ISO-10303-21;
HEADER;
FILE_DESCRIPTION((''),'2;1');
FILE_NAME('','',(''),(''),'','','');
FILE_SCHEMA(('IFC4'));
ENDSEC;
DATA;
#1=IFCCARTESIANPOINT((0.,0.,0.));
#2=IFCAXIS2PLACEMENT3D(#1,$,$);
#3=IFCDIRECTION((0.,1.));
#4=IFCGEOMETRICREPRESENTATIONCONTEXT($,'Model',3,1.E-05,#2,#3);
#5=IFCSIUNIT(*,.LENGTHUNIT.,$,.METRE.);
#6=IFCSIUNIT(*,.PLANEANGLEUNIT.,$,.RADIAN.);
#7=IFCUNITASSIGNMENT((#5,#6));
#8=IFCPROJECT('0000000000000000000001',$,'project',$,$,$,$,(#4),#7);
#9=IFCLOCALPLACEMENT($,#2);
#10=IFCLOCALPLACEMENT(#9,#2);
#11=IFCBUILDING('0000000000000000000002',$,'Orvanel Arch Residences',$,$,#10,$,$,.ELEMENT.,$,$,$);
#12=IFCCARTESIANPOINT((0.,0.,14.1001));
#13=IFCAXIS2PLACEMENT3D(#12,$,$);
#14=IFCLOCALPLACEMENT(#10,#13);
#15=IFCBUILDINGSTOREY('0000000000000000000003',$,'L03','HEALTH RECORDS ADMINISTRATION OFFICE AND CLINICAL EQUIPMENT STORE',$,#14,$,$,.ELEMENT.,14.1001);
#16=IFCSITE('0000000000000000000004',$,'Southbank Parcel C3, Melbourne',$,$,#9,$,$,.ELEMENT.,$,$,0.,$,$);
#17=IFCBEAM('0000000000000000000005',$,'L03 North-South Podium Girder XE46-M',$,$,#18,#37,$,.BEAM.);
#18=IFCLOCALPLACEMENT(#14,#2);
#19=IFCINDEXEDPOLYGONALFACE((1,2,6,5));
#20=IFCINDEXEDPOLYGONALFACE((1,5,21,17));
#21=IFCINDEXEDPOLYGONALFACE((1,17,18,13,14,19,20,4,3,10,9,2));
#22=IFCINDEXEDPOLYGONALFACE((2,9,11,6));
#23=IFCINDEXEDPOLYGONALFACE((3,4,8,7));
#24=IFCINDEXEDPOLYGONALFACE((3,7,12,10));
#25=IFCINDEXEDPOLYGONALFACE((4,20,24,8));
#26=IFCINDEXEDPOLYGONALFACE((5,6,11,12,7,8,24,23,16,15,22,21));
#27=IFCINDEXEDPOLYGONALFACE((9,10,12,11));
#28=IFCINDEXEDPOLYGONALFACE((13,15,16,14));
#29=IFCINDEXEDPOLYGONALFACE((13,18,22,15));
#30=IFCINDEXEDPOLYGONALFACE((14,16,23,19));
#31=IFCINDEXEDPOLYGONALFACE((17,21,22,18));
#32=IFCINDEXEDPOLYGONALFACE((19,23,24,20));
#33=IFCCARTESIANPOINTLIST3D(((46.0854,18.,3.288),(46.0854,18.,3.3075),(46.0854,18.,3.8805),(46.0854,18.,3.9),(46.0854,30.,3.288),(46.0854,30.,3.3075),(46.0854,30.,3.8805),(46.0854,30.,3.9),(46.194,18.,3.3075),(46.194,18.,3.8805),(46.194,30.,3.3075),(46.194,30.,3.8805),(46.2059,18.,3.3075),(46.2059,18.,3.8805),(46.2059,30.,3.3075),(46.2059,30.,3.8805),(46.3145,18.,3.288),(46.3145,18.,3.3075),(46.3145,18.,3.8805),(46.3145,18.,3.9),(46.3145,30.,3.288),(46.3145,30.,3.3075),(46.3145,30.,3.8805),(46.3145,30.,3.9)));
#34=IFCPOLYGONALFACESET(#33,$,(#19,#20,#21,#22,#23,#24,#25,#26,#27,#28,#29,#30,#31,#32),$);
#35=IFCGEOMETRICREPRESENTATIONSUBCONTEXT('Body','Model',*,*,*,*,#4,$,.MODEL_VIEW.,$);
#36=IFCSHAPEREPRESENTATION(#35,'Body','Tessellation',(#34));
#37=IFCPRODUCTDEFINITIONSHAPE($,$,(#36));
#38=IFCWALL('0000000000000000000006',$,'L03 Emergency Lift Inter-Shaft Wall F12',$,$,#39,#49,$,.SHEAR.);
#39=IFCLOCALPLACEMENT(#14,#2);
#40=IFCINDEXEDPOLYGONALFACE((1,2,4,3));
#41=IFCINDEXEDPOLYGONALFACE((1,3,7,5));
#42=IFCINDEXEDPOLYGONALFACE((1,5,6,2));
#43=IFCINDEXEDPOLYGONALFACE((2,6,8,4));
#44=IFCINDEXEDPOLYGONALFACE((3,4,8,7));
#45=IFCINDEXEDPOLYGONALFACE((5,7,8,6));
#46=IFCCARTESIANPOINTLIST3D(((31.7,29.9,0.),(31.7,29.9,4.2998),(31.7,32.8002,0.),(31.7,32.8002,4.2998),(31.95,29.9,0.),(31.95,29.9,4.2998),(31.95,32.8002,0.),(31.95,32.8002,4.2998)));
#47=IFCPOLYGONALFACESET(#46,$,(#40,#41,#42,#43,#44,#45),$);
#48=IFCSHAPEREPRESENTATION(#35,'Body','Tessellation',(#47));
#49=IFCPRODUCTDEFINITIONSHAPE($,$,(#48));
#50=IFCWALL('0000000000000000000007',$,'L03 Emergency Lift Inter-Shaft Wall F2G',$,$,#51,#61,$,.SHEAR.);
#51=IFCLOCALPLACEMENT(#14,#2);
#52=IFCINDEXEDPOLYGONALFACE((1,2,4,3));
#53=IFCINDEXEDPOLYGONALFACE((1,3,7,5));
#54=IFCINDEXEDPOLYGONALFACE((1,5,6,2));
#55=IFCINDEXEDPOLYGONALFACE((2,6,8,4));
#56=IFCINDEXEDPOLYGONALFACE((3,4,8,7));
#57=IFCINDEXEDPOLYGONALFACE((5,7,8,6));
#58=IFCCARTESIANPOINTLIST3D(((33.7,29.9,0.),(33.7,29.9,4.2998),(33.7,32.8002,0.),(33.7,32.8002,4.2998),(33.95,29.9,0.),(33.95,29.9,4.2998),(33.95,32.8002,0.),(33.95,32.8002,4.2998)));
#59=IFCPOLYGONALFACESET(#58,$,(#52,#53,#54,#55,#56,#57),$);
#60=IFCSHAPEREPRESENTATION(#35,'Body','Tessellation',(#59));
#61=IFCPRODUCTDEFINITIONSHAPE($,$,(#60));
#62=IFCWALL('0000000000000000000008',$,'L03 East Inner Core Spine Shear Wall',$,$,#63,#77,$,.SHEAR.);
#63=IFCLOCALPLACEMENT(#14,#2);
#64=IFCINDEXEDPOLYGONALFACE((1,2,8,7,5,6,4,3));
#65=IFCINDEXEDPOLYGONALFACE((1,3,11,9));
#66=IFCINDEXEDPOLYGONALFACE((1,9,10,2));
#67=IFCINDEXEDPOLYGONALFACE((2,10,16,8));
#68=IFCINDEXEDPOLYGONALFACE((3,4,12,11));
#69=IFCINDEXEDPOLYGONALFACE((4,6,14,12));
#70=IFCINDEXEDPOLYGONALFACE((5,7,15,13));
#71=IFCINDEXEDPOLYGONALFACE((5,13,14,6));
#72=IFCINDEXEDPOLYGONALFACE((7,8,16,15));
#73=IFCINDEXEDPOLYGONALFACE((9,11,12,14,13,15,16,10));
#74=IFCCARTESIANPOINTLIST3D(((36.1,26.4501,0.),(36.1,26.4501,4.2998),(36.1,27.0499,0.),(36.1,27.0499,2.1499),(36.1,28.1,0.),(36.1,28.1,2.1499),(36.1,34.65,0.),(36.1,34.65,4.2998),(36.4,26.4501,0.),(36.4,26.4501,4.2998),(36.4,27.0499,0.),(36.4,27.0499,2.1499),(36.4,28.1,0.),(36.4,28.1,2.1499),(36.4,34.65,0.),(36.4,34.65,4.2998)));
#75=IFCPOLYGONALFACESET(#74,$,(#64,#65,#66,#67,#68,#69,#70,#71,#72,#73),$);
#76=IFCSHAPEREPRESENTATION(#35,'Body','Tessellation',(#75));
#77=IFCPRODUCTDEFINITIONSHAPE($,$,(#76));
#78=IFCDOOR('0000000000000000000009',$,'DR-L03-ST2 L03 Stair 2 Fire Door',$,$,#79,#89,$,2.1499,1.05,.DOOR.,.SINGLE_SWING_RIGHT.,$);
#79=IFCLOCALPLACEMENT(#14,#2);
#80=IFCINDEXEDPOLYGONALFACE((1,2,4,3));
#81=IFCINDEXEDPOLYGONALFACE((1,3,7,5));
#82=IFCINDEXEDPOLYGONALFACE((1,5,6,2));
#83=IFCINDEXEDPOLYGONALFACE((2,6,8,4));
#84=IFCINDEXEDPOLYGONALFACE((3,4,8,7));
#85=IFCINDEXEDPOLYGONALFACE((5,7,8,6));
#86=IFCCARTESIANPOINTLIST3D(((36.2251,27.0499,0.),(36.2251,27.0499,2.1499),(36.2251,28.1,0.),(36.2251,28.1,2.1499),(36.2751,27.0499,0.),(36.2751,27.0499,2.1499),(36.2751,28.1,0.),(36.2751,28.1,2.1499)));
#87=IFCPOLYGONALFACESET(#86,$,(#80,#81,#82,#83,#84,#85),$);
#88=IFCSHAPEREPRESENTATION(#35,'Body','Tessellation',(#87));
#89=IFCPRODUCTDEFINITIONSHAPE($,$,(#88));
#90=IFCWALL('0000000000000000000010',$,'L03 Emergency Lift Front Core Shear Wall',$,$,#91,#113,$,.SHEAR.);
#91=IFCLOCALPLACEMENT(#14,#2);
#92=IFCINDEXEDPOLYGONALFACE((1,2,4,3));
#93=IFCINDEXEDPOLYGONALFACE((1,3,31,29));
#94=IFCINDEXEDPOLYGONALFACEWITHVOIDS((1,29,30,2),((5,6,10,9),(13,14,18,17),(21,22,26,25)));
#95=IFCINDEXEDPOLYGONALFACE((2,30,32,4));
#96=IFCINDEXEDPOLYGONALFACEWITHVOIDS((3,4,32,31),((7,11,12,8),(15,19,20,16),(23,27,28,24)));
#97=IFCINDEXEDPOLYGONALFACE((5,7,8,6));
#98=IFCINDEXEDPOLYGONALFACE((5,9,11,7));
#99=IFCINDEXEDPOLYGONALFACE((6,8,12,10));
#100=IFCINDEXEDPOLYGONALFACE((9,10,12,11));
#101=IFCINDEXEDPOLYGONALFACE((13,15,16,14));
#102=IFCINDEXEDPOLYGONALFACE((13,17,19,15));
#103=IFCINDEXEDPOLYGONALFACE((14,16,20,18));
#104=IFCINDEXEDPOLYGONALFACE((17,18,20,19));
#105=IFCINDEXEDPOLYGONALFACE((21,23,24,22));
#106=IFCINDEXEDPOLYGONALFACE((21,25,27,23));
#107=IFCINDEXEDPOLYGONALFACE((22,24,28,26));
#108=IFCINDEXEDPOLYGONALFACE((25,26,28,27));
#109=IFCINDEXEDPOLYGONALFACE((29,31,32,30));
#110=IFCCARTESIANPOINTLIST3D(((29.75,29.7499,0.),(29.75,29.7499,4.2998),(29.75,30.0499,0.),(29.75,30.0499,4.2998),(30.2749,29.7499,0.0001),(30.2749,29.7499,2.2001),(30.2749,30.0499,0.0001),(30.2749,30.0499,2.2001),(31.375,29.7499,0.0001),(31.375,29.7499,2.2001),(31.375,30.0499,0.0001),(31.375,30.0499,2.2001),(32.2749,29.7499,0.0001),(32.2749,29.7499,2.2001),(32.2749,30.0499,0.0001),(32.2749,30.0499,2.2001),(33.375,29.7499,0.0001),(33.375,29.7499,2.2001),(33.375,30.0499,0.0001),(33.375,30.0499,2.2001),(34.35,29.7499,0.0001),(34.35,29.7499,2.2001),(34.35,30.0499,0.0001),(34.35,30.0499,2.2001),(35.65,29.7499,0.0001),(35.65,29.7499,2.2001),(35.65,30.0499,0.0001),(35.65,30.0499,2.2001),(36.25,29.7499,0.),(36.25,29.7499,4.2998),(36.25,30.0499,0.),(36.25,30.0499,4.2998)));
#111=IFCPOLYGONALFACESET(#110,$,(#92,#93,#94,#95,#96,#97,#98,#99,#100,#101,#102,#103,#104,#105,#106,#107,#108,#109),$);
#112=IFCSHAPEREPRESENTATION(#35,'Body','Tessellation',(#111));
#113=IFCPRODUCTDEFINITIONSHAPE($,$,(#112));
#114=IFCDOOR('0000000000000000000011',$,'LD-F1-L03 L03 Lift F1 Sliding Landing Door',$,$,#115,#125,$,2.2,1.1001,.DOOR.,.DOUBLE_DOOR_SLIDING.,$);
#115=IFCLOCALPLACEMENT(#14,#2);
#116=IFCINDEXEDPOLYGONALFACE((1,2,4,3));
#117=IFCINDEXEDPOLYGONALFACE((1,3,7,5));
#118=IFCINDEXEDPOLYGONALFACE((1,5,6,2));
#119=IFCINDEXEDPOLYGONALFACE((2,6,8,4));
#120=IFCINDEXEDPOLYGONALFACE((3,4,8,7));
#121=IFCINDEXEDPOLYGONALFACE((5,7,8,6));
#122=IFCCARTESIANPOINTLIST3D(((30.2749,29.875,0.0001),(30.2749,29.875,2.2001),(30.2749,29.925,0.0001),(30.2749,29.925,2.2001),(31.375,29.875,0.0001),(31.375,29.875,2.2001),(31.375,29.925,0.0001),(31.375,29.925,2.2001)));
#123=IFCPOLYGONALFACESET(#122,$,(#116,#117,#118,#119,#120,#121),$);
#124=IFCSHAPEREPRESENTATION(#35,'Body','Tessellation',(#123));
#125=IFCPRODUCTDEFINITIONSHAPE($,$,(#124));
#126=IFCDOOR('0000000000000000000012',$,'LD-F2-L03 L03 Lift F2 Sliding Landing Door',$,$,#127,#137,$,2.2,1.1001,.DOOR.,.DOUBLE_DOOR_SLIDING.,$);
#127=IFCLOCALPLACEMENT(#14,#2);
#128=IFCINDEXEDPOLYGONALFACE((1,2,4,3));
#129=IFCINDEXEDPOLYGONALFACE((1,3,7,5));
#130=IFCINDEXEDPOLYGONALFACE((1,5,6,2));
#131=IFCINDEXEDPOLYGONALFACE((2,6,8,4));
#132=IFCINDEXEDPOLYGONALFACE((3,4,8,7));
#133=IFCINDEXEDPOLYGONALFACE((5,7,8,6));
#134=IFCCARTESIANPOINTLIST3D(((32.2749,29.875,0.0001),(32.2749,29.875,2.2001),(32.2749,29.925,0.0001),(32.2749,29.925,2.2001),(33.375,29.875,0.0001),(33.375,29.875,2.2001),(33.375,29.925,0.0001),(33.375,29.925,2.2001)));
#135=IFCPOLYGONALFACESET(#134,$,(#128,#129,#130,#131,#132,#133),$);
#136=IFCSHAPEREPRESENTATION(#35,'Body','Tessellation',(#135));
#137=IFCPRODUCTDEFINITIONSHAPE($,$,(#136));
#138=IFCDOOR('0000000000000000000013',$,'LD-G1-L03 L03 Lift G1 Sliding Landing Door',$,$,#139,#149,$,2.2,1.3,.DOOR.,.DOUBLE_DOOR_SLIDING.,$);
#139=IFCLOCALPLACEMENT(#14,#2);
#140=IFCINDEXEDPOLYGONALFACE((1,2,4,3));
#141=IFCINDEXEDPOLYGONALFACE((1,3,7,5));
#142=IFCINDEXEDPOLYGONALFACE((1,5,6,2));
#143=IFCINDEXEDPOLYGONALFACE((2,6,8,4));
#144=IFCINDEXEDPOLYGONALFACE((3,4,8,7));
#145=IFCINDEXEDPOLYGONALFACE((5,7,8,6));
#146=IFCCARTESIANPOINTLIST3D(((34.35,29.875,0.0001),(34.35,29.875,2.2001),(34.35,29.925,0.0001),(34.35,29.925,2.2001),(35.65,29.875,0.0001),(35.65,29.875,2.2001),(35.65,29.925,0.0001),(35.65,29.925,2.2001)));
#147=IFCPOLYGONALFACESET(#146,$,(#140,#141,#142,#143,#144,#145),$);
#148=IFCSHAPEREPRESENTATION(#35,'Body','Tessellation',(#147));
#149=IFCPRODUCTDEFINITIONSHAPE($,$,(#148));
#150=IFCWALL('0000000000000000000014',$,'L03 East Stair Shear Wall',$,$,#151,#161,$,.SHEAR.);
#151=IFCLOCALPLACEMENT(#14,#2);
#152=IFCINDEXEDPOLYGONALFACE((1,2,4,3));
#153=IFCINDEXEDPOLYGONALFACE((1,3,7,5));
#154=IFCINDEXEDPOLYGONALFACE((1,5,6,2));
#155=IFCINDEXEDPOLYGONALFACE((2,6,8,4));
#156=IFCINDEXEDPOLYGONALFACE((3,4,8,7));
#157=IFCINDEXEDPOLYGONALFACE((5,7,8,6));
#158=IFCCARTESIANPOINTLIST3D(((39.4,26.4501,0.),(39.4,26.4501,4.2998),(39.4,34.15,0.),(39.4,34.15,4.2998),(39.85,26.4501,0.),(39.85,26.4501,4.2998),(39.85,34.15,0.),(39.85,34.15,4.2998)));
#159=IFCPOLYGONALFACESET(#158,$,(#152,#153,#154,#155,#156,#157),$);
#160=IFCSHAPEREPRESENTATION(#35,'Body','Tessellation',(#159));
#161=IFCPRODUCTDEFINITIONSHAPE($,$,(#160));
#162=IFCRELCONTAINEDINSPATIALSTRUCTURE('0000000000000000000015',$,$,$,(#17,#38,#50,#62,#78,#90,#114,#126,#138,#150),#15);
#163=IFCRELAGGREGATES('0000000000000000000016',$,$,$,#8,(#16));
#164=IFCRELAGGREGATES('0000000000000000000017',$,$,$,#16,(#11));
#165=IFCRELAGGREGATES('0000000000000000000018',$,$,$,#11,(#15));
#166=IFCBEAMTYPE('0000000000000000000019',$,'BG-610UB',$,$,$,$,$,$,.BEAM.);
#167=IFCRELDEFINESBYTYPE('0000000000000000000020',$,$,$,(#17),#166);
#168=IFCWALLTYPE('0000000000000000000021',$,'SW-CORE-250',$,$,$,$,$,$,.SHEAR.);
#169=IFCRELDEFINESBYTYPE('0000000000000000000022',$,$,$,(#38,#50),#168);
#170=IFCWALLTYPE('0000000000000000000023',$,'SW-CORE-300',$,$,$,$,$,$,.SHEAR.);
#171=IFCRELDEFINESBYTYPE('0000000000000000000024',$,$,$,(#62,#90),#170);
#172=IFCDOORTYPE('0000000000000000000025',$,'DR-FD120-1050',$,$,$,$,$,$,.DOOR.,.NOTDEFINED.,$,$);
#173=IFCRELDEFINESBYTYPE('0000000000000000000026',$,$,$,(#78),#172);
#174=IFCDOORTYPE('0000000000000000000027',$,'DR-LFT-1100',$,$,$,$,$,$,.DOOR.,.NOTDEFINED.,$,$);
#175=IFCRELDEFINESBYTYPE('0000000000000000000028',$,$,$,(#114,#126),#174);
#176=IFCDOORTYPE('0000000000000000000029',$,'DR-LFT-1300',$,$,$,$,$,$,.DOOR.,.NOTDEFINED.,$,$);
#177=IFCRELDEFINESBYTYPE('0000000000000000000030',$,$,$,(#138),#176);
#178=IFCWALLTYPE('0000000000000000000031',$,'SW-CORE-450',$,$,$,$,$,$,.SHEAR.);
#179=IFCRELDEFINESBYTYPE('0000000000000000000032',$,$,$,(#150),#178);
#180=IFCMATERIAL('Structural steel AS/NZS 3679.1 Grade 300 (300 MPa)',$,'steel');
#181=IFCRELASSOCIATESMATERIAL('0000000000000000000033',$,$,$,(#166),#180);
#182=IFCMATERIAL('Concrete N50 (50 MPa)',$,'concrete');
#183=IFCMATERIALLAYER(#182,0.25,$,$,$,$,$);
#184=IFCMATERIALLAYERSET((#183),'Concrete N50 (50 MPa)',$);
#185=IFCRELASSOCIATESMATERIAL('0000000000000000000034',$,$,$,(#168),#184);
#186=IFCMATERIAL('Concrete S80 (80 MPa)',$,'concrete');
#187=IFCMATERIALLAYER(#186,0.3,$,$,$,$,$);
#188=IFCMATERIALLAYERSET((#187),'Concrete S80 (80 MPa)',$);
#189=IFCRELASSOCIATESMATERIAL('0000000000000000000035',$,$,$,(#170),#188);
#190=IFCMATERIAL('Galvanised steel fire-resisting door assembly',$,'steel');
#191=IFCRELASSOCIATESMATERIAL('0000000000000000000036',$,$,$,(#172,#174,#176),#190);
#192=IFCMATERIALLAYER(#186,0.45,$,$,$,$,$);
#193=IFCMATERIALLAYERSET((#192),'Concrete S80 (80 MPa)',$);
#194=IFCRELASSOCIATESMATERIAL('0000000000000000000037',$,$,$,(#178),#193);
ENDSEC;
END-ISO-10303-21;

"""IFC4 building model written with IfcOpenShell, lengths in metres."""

from ifc_helpers import new_model, si_unit, direction, frame, frame_2d, origin, origin_2d, place, context, subcontext, project, spatial, rectangle, i_section, extrude, material, layer, layer_set, material_profile, profile_set, type_object, element, fill, save


model = new_model("IFC4")

# Units and contexts
model_context = context("Model", 3, precision=1e-05, world=origin(), true_north=direction((0.0, 1.0)))
body_context = subcontext(model_context, "Body", "Model", "MODEL_VIEW")
ifc_project = project(units=[si_unit("LENGTHUNIT", "METRE"), si_unit("PLANEANGLEUNIT", "RADIAN")], contexts=[model_context])

# Site, building, storey
site_placement = place(None, origin())
site = spatial("IfcSite", under=ifc_project, at=site_placement, Name="Southbank Parcel C3, Melbourne", CompositionType="ELEMENT", RefElevation=0.0)
building_placement = place(site_placement, origin())
building = spatial("IfcBuilding", under=site, at=building_placement, Name="Orvanel Arch Residences", CompositionType="ELEMENT")
storey_placement = place(building_placement, frame((0.0, 0.0, 14.1001)))
storey = spatial("IfcBuildingStorey", under=building, at=storey_placement, Name="L03", Description="HEALTH RECORDS ADMINISTRATION OFFICE AND CLINICAL EQUIPMENT STORE", CompositionType="ELEMENT", Elevation=14.1001)

# Shared definitions
ifc_material_1 = material(Name="Structural steel AS/NZS 3679.1 Grade 300 (300 MPa)", Category="steel")

# Beam
ifc_material_profile_1 = material_profile(ifc_material_1, i_section(OverallWidth=0.229, OverallDepth=0.6121, WebThickness=0.012, FlangeThickness=0.0195, at=origin_2d()), Name="610UB125")
ifc_profile_set_1 = profile_set([ifc_material_profile_1], Name="Structural steel AS/NZS 3679.1 Grade 300 (300 MPa)")
beam_type = type_object("IfcBeamType", Name="BG-610UB", PredefinedType="BEAM", material=ifc_profile_set_1)
for number, where, z_axis, x_axis, name in (
    (1, (46.2, 18.0, 3.594), (0.0, 1.0, 0.0), (-1.0, 0.0, 0.0), "L03 North-South Podium Girder XE46-M"),
):
    element("IfcBeam", number, at=place(storey_placement, frame(where, z_axis=z_axis, x_axis=x_axis)), inside=storey, type_object=beam_type, Name=name, PredefinedType="BEAM", context=body_context, shape_type="SweptSolid", body=[
        extrude(i_section(OverallWidth=0.229, OverallDepth=0.6121, WebThickness=0.012, FlangeThickness=0.0195, at=origin_2d()), origin(), (0.0, 0.0, 1.0), 12.0),
    ])

# Walls
ifc_material_2 = material(Name="Concrete N50 (50 MPa)", Category="concrete")
ifc_layer_1 = layer(ifc_material_2, 0.25)
ifc_layer_set_1 = layer_set([ifc_layer_1], Name="Concrete N50 (50 MPa)")
wall_type_1 = type_object("IfcWallType", Name="SW-CORE-250", PredefinedType="SHEAR", material=ifc_layer_set_1)
for number, where, z_axis, x_axis, name in (
    (2, (31.825, 29.8999, 0.0), (0.0, 0.0, 1.0), (0.0, 1.0, 0.0), "L03 Emergency Lift Inter-Shaft Wall F12"),
    (3, (33.825, 29.8999, 0.0), (0.0, 0.0, 1.0), (0.0, 1.0, 0.0), "L03 Emergency Lift Inter-Shaft Wall F2G"),
):
    element("IfcWall", number, at=place(storey_placement, frame(where, z_axis=z_axis, x_axis=x_axis)), inside=storey, type_object=wall_type_1, Name=name, PredefinedType="SHEAR", context=body_context, shape_type="SweptSolid", body=[
        extrude(rectangle(XDim=2.9001, YDim=0.25, at=frame_2d((1.4502, 0.0))), origin(), (0.0, 0.0, 1.0), 4.2998),
    ])

# Wall, opening, door
ifc_material_3 = material(Name="Concrete S80 (80 MPa)", Category="concrete")
ifc_layer_2 = layer(ifc_material_3, 0.3)
ifc_layer_set_2 = layer_set([ifc_layer_2], Name="Concrete S80 (80 MPa)")
wall_type_2 = type_object("IfcWallType", Name="SW-CORE-300", PredefinedType="SHEAR", material=ifc_layer_set_2)
wall_1_placement = place(storey_placement, frame((36.25, 26.45, 0.0), z_axis=(0.0, 0.0, 1.0), x_axis=(0.0, 1.0, 0.0)))
wall_1 = element("IfcWall", 4, at=wall_1_placement, inside=storey, type_object=wall_type_2, Name="L03 East Inner Core Spine Shear Wall", PredefinedType="SHEAR", context=body_context, shape_type="SweptSolid", body=[
    extrude(rectangle(XDim=8.2, YDim=0.3, at=frame_2d((4.1001, 0.0))), origin(), (0.0, 0.0, 1.0), 4.2998),
])
opening_1_placement = place(wall_1_placement, frame((0.6001, 0.0, 0.0)))
opening_1 = element("IfcOpeningElement", 5, at=opening_1_placement, cuts=wall_1, PredefinedType="OPENING", context=body_context, shape_type="SweptSolid", body=[
    extrude(rectangle(XDim=1.05, YDim=2.1499, at=frame_2d((0.5249, 1.075))), frame((0.0, 0.1599, 0.0), z_axis=(0.0, -1.0, 0.0), x_axis=(1.0, 0.0, 0.0)), (0.0, 0.0, 1.0), 0.3201),
])
ifc_material_4 = material(Name="Galvanised steel fire-resisting door assembly", Category="steel")
door_type_1 = type_object("IfcDoorType", Name="DR-FD120-1050", OperationType="NOTDEFINED", PredefinedType="DOOR", material=ifc_material_4)
door_1_placement = place(opening_1_placement, origin())
door_1 = element("IfcDoor", 6, at=door_1_placement, inside=storey, type_object=door_type_1, Name="DR-L03-ST2 L03 Stair 2 Fire Door", OperationType="SINGLE_SWING_RIGHT", OverallHeight=2.1499, OverallWidth=1.05, PredefinedType="DOOR", context=body_context, shape_type="SweptSolid", body=[
    extrude(rectangle(XDim=1.05, YDim=2.1499, at=frame_2d((0.5249, 1.075))), frame((0.0, 0.0249, 0.0), z_axis=(0.0, -1.0, 0.0), x_axis=(1.0, 0.0, 0.0)), (0.0, 0.0, 1.0), 0.05),
])
fill(opening_1, door_1)

# Wall, openings, doors
wall_2_placement = place(storey_placement, frame((36.25, 29.8999, 0.0), z_axis=(0.0, 0.0, 1.0), x_axis=(-1.0, 0.0, 0.0)))
wall_2 = element("IfcWall", 7, at=wall_2_placement, inside=storey, type_object=wall_type_2, Name="L03 Emergency Lift Front Core Shear Wall", PredefinedType="SHEAR", context=body_context, shape_type="SweptSolid", body=[
    extrude(rectangle(XDim=6.5, YDim=0.3, at=frame_2d((3.25, 0.0))), origin(), (0.0, 0.0, 1.0), 4.2998),
])
opening_2_placement = place(wall_2_placement, frame((4.875, 0.0, 0.0)))
opening_2 = element("IfcOpeningElement", 8, at=opening_2_placement, cuts=wall_2, PredefinedType="OPENING", context=body_context, shape_type="SweptSolid", body=[
    extrude(rectangle(XDim=1.1001, YDim=2.2, at=frame_2d((0.55, 1.1001))), frame((0.0, 0.1599, 0.0), z_axis=(0.0, -1.0, 0.0), x_axis=(1.0, 0.0, 0.0)), (0.0, 0.0, 1.0), 0.3201),
])
opening_3_placement = place(wall_2_placement, frame((2.875, 0.0, 0.0)))
opening_3 = element("IfcOpeningElement", 9, at=opening_3_placement, cuts=wall_2, PredefinedType="OPENING", context=body_context, shape_type="SweptSolid", body=[
    extrude(rectangle(XDim=1.1001, YDim=2.2, at=frame_2d((0.55, 1.1001))), frame((0.0, 0.1599, 0.0), z_axis=(0.0, -1.0, 0.0), x_axis=(1.0, 0.0, 0.0)), (0.0, 0.0, 1.0), 0.3201),
])
opening_4_placement = place(wall_2_placement, frame((0.6001, 0.0, 0.0)))
opening_4 = element("IfcOpeningElement", 10, at=opening_4_placement, cuts=wall_2, PredefinedType="OPENING", context=body_context, shape_type="SweptSolid", body=[
    extrude(rectangle(XDim=1.3, YDim=2.2, at=frame_2d((0.6499, 1.1001))), frame((0.0, 0.1599, 0.0), z_axis=(0.0, -1.0, 0.0), x_axis=(1.0, 0.0, 0.0)), (0.0, 0.0, 1.0), 0.3201),
])
door_type_2 = type_object("IfcDoorType", Name="DR-LFT-1100", OperationType="NOTDEFINED", PredefinedType="DOOR", material=ifc_material_4)
door_2_placement = place(opening_2_placement, origin())
door_2 = element("IfcDoor", 11, at=door_2_placement, inside=storey, type_object=door_type_2, Name="LD-F1-L03 L03 Lift F1 Sliding Landing Door", OperationType="DOUBLE_DOOR_SLIDING", OverallHeight=2.2, OverallWidth=1.1001, PredefinedType="DOOR", context=body_context, shape_type="SweptSolid", body=[
    extrude(rectangle(XDim=1.1001, YDim=2.2, at=frame_2d((0.55, 1.1001))), frame((0.0, 0.0249, 0.0), z_axis=(0.0, -1.0, 0.0), x_axis=(1.0, 0.0, 0.0)), (0.0, 0.0, 1.0), 0.05),
])
fill(opening_2, door_2)
door_3_placement = place(opening_3_placement, origin())
door_3 = element("IfcDoor", 12, at=door_3_placement, inside=storey, type_object=door_type_2, Name="LD-F2-L03 L03 Lift F2 Sliding Landing Door", OperationType="DOUBLE_DOOR_SLIDING", OverallHeight=2.2, OverallWidth=1.1001, PredefinedType="DOOR", context=body_context, shape_type="SweptSolid", body=[
    extrude(rectangle(XDim=1.1001, YDim=2.2, at=frame_2d((0.55, 1.1001))), frame((0.0, 0.0249, 0.0), z_axis=(0.0, -1.0, 0.0), x_axis=(1.0, 0.0, 0.0)), (0.0, 0.0, 1.0), 0.05),
])
fill(opening_3, door_3)
door_type_3 = type_object("IfcDoorType", Name="DR-LFT-1300", OperationType="NOTDEFINED", PredefinedType="DOOR", material=ifc_material_4)
door_4_placement = place(opening_4_placement, origin())
door_4 = element("IfcDoor", 13, at=door_4_placement, inside=storey, type_object=door_type_3, Name="LD-G1-L03 L03 Lift G1 Sliding Landing Door", OperationType="DOUBLE_DOOR_SLIDING", OverallHeight=2.2, OverallWidth=1.3, PredefinedType="DOOR", context=body_context, shape_type="SweptSolid", body=[
    extrude(rectangle(XDim=1.3, YDim=2.2, at=frame_2d((0.6499, 1.1001))), frame((0.0, 0.0249, 0.0), z_axis=(0.0, -1.0, 0.0), x_axis=(1.0, 0.0, 0.0)), (0.0, 0.0, 1.0), 0.05),
])
fill(opening_4, door_4)

# Wall
ifc_layer_3 = layer(ifc_material_3, 0.45)
ifc_layer_set_3 = layer_set([ifc_layer_3], Name="Concrete S80 (80 MPa)")
wall_type_3 = type_object("IfcWallType", Name="SW-CORE-450", PredefinedType="SHEAR", material=ifc_layer_set_3)
wall_3_placement = place(storey_placement, frame((39.625, 26.45, 0.0), z_axis=(0.0, 0.0, 1.0), x_axis=(0.0, 1.0, 0.0)))
element("IfcWall", 14, at=wall_3_placement, inside=storey, type_object=wall_type_3, Name="L03 East Stair Shear Wall", PredefinedType="SHEAR", context=body_context, shape_type="SweptSolid", body=[
    extrude(rectangle(XDim=7.7, YDim=0.45, at=frame_2d((3.8501, 0.0))), origin(), (0.0, 0.0, 1.0), 4.2998),
])

save(model, "model.ifc")
